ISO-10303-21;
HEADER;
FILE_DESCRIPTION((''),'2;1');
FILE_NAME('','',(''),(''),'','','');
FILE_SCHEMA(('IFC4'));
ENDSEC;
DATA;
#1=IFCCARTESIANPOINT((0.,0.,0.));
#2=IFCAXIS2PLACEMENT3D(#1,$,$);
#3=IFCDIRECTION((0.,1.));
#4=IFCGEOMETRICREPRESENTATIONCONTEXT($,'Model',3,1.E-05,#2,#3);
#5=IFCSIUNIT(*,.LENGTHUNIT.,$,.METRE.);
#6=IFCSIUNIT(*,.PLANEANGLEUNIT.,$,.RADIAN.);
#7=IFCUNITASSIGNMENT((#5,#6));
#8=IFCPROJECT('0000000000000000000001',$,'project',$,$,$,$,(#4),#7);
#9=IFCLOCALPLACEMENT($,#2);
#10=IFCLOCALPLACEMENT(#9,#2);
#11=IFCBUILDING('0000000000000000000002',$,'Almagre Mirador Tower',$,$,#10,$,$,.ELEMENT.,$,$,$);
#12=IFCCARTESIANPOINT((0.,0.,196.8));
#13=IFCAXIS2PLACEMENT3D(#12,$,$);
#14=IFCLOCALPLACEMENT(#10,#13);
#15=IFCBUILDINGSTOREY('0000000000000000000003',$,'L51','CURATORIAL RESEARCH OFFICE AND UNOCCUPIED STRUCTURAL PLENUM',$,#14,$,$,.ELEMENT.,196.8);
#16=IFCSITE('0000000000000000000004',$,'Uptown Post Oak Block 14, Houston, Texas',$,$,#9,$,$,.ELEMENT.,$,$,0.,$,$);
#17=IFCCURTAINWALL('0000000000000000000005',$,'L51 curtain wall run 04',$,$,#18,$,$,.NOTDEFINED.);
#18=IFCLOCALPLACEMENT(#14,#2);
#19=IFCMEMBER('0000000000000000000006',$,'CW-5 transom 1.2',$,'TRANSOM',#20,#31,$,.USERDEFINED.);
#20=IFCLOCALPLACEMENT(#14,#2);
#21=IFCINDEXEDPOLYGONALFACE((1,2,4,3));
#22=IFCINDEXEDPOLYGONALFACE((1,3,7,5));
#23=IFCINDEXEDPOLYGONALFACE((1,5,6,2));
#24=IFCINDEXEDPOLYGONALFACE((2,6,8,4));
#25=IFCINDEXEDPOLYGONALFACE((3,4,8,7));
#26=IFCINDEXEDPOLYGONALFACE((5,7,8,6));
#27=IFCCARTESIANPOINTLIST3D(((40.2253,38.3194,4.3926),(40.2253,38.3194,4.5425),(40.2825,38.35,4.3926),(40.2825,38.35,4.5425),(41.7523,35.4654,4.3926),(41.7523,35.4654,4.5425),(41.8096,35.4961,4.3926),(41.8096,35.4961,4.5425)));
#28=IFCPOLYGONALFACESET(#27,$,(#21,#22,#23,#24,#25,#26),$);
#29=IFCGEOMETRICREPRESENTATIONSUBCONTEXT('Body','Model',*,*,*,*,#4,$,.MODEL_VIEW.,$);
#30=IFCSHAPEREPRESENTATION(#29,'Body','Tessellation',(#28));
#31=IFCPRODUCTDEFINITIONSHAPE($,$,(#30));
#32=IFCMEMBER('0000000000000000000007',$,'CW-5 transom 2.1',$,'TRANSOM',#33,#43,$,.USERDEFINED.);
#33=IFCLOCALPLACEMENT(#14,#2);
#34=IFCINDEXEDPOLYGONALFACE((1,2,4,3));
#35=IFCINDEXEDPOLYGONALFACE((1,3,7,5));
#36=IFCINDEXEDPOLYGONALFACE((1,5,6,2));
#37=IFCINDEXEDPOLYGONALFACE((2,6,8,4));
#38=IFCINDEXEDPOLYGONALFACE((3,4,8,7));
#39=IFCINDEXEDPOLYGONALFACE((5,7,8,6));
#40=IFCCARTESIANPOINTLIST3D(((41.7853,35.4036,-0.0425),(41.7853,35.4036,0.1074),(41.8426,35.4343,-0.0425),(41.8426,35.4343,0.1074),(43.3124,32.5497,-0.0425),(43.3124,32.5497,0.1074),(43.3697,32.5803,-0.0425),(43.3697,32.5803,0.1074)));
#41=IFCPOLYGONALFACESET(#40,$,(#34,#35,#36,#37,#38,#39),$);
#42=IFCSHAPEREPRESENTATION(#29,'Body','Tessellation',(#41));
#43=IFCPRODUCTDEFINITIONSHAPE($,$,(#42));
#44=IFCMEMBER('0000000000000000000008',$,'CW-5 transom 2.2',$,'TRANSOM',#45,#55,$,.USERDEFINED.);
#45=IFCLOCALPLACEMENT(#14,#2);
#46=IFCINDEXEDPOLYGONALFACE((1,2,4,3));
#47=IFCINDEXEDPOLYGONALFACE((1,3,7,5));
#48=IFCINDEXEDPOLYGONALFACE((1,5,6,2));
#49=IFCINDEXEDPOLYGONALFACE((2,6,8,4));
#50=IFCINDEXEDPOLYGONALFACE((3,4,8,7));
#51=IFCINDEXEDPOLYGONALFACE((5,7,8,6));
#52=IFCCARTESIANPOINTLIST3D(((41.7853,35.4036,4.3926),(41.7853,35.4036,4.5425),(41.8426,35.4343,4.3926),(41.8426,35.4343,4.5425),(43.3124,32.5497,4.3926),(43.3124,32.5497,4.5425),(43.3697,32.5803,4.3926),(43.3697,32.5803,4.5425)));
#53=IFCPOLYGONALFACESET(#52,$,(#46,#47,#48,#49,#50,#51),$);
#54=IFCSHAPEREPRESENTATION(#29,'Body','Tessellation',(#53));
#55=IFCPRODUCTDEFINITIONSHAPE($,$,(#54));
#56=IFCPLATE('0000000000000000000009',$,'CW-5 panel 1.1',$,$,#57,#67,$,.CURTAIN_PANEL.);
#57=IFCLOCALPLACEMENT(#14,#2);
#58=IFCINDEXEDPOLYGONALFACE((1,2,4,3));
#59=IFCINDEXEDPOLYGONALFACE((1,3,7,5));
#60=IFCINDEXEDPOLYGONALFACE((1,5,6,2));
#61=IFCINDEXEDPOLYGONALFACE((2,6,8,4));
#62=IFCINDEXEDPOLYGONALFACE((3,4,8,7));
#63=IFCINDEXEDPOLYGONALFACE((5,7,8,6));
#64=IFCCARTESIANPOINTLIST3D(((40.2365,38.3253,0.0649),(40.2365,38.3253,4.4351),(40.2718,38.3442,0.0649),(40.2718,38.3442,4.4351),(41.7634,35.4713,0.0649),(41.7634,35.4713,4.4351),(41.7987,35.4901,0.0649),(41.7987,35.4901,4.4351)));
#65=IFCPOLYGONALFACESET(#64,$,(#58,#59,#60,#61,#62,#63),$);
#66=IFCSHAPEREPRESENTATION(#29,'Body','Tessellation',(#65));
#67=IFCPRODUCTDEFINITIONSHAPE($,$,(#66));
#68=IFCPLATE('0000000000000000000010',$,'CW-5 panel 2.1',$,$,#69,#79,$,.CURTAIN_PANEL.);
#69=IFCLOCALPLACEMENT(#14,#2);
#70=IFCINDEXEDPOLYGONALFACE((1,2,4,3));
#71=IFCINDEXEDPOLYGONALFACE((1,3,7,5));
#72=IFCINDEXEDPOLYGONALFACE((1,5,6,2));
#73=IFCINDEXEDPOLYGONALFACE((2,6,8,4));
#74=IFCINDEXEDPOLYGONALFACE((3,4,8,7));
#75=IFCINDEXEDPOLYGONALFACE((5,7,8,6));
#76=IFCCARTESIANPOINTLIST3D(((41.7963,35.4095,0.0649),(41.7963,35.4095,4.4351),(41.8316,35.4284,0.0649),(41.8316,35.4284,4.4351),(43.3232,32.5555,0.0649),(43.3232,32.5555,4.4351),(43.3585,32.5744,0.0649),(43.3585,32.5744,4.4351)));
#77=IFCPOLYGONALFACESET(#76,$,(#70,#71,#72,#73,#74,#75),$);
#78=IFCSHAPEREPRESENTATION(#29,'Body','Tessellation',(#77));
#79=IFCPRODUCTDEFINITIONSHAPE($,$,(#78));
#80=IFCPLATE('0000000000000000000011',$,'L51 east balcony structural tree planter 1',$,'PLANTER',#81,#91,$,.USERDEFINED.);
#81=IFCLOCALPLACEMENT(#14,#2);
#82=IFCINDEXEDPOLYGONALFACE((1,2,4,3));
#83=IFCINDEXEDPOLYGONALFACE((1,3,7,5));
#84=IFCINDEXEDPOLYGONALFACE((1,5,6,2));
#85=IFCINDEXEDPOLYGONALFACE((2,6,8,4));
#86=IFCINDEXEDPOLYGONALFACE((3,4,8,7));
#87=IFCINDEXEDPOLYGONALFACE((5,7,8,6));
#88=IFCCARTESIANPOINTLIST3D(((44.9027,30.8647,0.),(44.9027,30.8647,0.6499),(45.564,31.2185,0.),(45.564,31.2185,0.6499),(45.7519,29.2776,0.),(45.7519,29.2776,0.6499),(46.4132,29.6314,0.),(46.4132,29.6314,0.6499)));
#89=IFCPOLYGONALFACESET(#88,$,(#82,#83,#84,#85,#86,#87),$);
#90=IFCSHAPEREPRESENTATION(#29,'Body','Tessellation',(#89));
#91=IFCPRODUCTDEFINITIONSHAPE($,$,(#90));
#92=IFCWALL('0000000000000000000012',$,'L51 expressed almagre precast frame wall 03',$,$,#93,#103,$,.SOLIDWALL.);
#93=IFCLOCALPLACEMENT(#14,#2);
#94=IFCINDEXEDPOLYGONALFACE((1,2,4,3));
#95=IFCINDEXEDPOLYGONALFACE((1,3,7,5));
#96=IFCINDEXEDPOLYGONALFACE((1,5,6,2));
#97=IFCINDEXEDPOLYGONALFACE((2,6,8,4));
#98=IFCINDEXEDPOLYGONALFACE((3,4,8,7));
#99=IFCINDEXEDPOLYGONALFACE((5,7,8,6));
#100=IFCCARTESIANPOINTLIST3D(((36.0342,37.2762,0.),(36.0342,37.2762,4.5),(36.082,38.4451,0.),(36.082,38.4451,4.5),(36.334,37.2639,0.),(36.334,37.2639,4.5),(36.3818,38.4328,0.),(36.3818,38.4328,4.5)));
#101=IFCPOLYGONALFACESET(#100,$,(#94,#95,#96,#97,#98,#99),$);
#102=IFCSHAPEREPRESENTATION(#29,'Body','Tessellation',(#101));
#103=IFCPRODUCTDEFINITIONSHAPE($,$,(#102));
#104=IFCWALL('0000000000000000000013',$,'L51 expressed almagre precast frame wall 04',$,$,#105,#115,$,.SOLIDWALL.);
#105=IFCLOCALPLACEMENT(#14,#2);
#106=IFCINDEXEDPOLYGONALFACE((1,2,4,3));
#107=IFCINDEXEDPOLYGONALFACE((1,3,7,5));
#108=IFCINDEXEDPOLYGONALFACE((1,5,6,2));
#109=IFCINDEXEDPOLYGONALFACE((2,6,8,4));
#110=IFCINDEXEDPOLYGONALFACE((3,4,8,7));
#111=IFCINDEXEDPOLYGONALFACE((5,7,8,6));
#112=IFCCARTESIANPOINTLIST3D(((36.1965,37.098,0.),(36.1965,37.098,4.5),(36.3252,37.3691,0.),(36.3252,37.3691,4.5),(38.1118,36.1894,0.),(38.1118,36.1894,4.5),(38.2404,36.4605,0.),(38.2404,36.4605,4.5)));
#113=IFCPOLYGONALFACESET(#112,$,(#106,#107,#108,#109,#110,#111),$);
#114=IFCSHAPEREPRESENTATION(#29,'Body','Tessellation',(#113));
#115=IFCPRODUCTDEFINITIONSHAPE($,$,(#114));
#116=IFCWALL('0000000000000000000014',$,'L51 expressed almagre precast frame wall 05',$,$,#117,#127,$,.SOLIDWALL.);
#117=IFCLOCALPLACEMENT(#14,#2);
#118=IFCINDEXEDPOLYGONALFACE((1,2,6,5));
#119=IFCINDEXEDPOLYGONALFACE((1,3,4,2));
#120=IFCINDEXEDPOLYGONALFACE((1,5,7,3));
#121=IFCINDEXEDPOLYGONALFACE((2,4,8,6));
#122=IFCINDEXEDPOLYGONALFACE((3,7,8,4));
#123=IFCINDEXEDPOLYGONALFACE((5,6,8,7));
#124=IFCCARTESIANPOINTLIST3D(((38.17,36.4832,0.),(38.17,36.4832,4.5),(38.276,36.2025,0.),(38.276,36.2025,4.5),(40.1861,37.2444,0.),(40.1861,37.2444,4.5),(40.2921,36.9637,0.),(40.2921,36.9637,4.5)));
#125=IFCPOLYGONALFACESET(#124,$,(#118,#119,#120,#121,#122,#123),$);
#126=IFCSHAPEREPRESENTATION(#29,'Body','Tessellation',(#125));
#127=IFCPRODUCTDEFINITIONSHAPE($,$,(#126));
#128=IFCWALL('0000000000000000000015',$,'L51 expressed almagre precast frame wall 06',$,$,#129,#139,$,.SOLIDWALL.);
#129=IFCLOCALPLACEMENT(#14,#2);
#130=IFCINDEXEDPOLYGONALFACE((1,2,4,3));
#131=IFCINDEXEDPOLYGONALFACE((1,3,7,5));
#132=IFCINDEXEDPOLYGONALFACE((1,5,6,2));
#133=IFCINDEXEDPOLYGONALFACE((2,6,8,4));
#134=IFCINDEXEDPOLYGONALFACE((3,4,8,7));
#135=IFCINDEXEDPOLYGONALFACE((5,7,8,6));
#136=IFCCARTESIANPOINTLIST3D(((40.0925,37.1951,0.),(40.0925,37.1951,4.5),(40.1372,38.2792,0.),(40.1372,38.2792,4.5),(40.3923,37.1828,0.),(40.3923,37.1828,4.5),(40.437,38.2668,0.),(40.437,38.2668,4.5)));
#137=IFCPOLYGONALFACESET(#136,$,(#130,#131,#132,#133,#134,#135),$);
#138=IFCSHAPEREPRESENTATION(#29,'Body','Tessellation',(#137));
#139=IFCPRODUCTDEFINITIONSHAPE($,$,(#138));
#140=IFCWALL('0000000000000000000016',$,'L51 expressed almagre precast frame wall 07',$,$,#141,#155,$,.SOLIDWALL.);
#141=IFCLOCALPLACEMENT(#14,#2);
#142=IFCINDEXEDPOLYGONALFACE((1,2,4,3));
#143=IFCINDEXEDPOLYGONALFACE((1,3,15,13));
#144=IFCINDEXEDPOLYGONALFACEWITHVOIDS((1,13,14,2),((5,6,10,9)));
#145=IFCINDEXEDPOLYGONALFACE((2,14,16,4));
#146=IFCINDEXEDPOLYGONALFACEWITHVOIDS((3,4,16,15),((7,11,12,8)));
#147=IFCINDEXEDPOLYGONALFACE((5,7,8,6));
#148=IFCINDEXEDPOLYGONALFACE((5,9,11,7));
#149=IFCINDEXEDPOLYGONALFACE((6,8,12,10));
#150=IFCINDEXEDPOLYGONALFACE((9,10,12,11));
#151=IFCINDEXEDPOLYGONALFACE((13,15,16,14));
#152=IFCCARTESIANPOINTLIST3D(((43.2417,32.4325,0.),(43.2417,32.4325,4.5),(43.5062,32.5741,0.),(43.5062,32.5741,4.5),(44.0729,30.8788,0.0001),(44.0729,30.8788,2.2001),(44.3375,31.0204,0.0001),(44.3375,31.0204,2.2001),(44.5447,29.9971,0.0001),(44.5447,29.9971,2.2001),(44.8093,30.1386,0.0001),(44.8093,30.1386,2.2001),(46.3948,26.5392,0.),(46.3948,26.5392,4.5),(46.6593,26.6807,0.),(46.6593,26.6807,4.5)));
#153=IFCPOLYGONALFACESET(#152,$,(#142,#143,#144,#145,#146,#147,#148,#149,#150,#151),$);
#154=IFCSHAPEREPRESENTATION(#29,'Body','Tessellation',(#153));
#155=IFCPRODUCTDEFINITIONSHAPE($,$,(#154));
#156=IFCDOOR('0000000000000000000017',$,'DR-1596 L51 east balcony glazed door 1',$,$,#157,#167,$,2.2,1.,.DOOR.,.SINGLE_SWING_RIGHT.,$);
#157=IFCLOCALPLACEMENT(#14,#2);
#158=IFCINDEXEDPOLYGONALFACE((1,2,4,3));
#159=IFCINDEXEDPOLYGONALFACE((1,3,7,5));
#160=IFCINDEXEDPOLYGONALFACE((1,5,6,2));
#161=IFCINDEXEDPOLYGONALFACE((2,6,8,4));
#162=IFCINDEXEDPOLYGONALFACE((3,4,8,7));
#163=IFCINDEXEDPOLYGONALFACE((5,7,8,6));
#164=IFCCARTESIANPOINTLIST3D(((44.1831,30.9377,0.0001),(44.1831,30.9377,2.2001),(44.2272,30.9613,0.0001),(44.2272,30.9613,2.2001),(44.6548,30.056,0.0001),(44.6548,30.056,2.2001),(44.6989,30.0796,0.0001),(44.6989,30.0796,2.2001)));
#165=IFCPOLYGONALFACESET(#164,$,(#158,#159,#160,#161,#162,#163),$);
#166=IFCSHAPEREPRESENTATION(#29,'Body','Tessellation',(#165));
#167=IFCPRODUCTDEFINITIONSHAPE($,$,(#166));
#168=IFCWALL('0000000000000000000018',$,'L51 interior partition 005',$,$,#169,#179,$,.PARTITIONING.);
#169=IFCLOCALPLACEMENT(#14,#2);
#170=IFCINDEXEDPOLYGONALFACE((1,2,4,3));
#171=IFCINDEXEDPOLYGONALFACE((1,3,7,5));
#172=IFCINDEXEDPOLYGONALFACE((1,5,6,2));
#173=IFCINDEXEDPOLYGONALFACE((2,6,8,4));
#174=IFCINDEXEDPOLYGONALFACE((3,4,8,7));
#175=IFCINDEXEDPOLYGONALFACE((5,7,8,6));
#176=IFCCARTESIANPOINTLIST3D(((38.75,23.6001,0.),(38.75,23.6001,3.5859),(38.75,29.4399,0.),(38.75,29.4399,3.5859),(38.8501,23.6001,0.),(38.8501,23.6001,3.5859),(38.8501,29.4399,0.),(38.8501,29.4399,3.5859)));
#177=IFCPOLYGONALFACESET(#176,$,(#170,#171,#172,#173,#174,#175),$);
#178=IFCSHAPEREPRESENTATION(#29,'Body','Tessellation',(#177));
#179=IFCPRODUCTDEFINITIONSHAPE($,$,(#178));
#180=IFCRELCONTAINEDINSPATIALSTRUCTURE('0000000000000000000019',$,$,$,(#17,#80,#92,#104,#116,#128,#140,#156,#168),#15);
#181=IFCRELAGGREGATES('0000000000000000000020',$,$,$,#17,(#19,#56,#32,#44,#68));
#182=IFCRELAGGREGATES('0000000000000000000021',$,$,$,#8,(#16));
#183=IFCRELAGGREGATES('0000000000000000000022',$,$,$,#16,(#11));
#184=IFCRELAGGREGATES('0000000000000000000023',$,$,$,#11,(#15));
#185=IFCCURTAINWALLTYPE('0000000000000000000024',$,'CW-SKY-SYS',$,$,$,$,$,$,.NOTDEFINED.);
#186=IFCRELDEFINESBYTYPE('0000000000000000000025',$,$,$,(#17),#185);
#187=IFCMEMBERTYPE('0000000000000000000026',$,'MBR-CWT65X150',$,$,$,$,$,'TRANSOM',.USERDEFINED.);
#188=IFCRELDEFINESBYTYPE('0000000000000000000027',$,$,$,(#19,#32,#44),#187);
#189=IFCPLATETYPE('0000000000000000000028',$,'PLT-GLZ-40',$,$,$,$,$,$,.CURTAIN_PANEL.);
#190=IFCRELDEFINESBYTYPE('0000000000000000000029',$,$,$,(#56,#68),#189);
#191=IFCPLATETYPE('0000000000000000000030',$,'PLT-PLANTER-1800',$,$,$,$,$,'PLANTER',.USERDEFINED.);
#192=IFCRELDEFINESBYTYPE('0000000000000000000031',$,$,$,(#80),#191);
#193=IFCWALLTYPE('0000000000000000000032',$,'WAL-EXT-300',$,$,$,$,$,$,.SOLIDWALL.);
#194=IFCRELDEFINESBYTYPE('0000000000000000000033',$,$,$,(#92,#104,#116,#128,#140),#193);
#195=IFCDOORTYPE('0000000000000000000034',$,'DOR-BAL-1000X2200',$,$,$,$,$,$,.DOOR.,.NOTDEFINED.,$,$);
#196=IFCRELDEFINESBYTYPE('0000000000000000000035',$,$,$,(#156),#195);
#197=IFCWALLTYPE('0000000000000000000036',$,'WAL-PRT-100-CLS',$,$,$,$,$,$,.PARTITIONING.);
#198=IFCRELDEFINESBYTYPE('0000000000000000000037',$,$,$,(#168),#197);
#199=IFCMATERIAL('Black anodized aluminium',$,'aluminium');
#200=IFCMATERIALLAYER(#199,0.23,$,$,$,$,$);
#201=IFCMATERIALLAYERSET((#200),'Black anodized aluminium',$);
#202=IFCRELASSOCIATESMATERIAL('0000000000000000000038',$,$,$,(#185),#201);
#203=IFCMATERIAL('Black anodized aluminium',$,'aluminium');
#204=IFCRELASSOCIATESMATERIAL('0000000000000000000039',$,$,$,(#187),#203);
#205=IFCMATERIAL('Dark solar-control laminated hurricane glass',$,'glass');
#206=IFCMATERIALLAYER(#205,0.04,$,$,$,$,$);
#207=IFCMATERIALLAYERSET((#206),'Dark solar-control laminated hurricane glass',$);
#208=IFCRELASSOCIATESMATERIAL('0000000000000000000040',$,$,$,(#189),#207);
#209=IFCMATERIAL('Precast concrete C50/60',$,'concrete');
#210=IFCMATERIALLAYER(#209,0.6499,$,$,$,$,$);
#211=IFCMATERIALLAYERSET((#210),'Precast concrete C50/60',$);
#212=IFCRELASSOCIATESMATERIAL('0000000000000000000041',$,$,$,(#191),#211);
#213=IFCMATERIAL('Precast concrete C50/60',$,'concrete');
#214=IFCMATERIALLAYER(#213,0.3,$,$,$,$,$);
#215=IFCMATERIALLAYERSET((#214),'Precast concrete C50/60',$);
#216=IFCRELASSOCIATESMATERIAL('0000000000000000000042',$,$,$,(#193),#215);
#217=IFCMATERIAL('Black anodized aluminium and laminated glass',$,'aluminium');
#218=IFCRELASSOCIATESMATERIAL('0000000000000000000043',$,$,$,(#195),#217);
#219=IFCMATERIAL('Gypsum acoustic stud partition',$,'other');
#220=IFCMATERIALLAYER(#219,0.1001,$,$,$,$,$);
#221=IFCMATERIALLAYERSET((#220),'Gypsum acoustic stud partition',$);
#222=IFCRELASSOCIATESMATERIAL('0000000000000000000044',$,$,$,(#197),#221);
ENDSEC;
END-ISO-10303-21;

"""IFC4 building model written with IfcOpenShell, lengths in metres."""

from ifc_helpers import new_model, si_unit, direction, frame, frame_2d, origin, origin_2d, place, context, subcontext, project, spatial, rectangle, extrude, material, layer, layer_set, material_profile, profile_set, type_object, element, fill, aggregate, save


model = new_model("IFC4")

# Units and contexts
model_context = context("Model", 3, precision=1e-05, world=origin(), true_north=direction((0.0, 1.0)))
body_context = subcontext(model_context, "Body", "Model", "MODEL_VIEW")
ifc_project = project(units=[si_unit("LENGTHUNIT", "METRE"), si_unit("PLANEANGLEUNIT", "RADIAN")], contexts=[model_context])

# Site, building, storey
site_placement = place(None, origin())
site = spatial("IfcSite", under=ifc_project, at=site_placement, Name="Uptown Post Oak Block 14, Houston, Texas", CompositionType="ELEMENT", RefElevation=0.0)
building_placement = place(site_placement, origin())
building = spatial("IfcBuilding", under=site, at=building_placement, Name="Almagre Mirador Tower", CompositionType="ELEMENT")
storey_placement = place(building_placement, frame((0.0, 0.0, 196.8)))
storey = spatial("IfcBuildingStorey", under=building, at=storey_placement, Name="L51", Description="CURATORIAL RESEARCH OFFICE AND UNOCCUPIED STRUCTURAL PLENUM", CompositionType="ELEMENT", Elevation=196.8)

# Shared definitions
ifc_material_1 = material(Name="Black anodized aluminium", Category="aluminium")
ifc_layer_1 = layer(ifc_material_1, 0.23)
ifc_layer_set_1 = layer_set([ifc_layer_1], Name="Black anodized aluminium")
curtain_wall_type = type_object("IfcCurtainWallType", Name="CW-SKY-SYS", PredefinedType="NOTDEFINED", material=ifc_layer_set_1)

# Curtain wall, members, plates
curtain_wall_1_placement = place(storey_placement, origin())
curtain_wall_1 = element("IfcCurtainWall", 1, at=curtain_wall_1_placement, inside=storey, type_object=curtain_wall_type, Name="L51 curtain wall run 04", PredefinedType="NOTDEFINED")
ifc_material_2 = material(Name="Black anodized aluminium", Category="aluminium")
ifc_material_profile_1 = material_profile(ifc_material_2, rectangle(XDim=0.0649, YDim=0.1499, at=origin_2d()), Name="CWT65X150")
ifc_profile_set_1 = profile_set([ifc_material_profile_1], Name="Black anodized aluminium")
member_type_1 = type_object("IfcMemberType", Name="MBR-CWT65X150", ElementType="TRANSOM", PredefinedType="USERDEFINED", material=ifc_profile_set_1)
member_1_placement = place(storey_placement, frame((40.2539, 38.3347, 4.4675), z_axis=(0.471782, -0.881715, 0.0), x_axis=(0.881715, 0.471782, 0.0)))
member_1 = element("IfcMember", 2, at=member_1_placement, type_object=member_type_1, Name="CW-5 transom 1.2", ObjectType="TRANSOM", PredefinedType="USERDEFINED", context=body_context, shape_type="SweptSolid", body=[
    extrude(rectangle(XDim=0.0649, YDim=0.1499, at=origin_2d()), origin(), (0.0, 0.0, 1.0), 3.2368),
])
member_2_placement = place(storey_placement, frame((41.814, 35.4189, 0.0325), z_axis=(0.471782, -0.881715, 0.0), x_axis=(0.881715, 0.471782, 0.0)))
member_2 = element("IfcMember", 3, at=member_2_placement, type_object=member_type_1, Name="CW-5 transom 2.1", ObjectType="TRANSOM", PredefinedType="USERDEFINED", context=body_context, shape_type="SweptSolid", body=[
    extrude(rectangle(XDim=0.0649, YDim=0.1499, at=origin_2d()), origin(), (0.0, 0.0, 1.0), 3.2368),
])
member_3_placement = place(storey_placement, frame((41.814, 35.4189, 4.4675), z_axis=(0.471782, -0.881715, 0.0), x_axis=(0.881715, 0.471782, 0.0)))
member_3 = element("IfcMember", 4, at=member_3_placement, type_object=member_type_1, Name="CW-5 transom 2.2", ObjectType="TRANSOM", PredefinedType="USERDEFINED", context=body_context, shape_type="SweptSolid", body=[
    extrude(rectangle(XDim=0.0649, YDim=0.1499, at=origin_2d()), origin(), (0.0, 0.0, 1.0), 3.2368),
])
ifc_material_3 = material(Name="Dark solar-control laminated hurricane glass", Category="glass")
ifc_layer_2 = layer(ifc_material_3, 0.04)
ifc_layer_set_2 = layer_set([ifc_layer_2], Name="Dark solar-control laminated hurricane glass")
plate_type_1 = type_object("IfcPlateType", Name="PLT-GLZ-40", PredefinedType="CURTAIN_PANEL", material=ifc_layer_set_2)
plate_1_placement = place(storey_placement, frame((41.0176, 36.9077, 0.0649), z_axis=(0.0, 0.0, 1.0), x_axis=(0.471742, -0.881737, 0.0)))
plate_1 = element("IfcPlate", 5, at=plate_1_placement, type_object=plate_type_1, Name="CW-5 panel 1.1", PredefinedType="CURTAIN_PANEL", context=body_context, shape_type="SweptSolid", body=[
    extrude(rectangle(XDim=3.2368, YDim=0.04, at=origin_2d()), origin(), (0.0, 0.0, 1.0), 4.3701),
])
plate_2_placement = place(storey_placement, frame((42.5774, 33.9919, 0.0649), z_axis=(0.0, 0.0, 1.0), x_axis=(0.471742, -0.881737, 0.0)))
plate_2 = element("IfcPlate", 6, at=plate_2_placement, type_object=plate_type_1, Name="CW-5 panel 2.1", PredefinedType="CURTAIN_PANEL", context=body_context, shape_type="SweptSolid", body=[
    extrude(rectangle(XDim=3.2368, YDim=0.04, at=origin_2d()), origin(), (0.0, 0.0, 1.0), 4.3701),
])
aggregate(curtain_wall_1, [member_1, plate_1, member_2, member_3, plate_2])

# Plate
ifc_material_4 = material(Name="Precast concrete C50/60", Category="concrete")
ifc_layer_3 = layer(ifc_material_4, 0.6499)
ifc_layer_set_3 = layer_set([ifc_layer_3], Name="Precast concrete C50/60")
plate_type_2 = type_object("IfcPlateType", Name="PLT-PLANTER-1800", ElementType="PLANTER", PredefinedType="USERDEFINED", material=ifc_layer_set_3)
plate_3_placement = place(storey_placement, frame((45.658, 30.248, 0.0), z_axis=(0.0, 0.0, 1.0), x_axis=(-0.471735, 0.88174, 0.0)))
element("IfcPlate", 7, at=plate_3_placement, inside=storey, type_object=plate_type_2, Name="L51 east balcony structural tree planter 1", ObjectType="PLANTER", PredefinedType="USERDEFINED", context=body_context, shape_type="SweptSolid", body=[
    extrude(rectangle(XDim=1.8, YDim=0.75, at=origin_2d()), origin(), (0.0, 0.0, 1.0), 0.6499),
])

# Walls
ifc_material_5 = material(Name="Precast concrete C50/60", Category="concrete")
ifc_layer_4 = layer(ifc_material_5, 0.3)
ifc_layer_set_4 = layer_set([ifc_layer_4], Name="Precast concrete C50/60")
wall_type_1 = type_object("IfcWallType", Name="WAL-EXT-300", PredefinedType="SOLIDWALL", material=ifc_layer_set_4)
wall_1_placement = place(storey_placement, frame((36.2319, 38.439, 0.0), z_axis=(0.0, 0.0, 1.0), x_axis=(-0.040901, -0.999163, 0.0)))
element("IfcWall", 8, at=wall_1_placement, inside=storey, type_object=wall_type_1, Name="L51 expressed almagre precast frame wall 03", PredefinedType="SOLIDWALL", context=body_context, shape_type="SweptSolid", body=[
    extrude(rectangle(XDim=1.1699, YDim=0.3, at=frame_2d((0.585, 0.0))), origin(), (0.0, 0.0, 1.0), 4.5),
])
wall_2_placement = place(storey_placement, frame((36.2607, 37.2336, 0.0), z_axis=(0.0, 0.0, 1.0), x_axis=(0.903473, -0.428646, 0.0)))
element("IfcWall", 9, at=wall_2_placement, inside=storey, type_object=wall_type_1, Name="L51 expressed almagre precast frame wall 04", PredefinedType="SOLIDWALL", context=body_context, shape_type="SweptSolid", body=[
    extrude(rectangle(XDim=2.1199, YDim=0.3, at=frame_2d((1.0601, 0.0))), origin(), (0.0, 0.0, 1.0), 4.5),
])
wall_3_placement = place(storey_placement, frame((38.2229, 36.3428, 0.0), z_axis=(0.0, 0.0, 1.0), x_axis=(0.935535, 0.353233, 0.0)))
element("IfcWall", 10, at=wall_3_placement, inside=storey, type_object=wall_type_1, Name="L51 expressed almagre precast frame wall 05", PredefinedType="SOLIDWALL", context=body_context, shape_type="SweptSolid", body=[
    extrude(rectangle(XDim=2.155, YDim=0.3, at=frame_2d((1.0776, 0.0))), origin(), (0.0, 0.0, 1.0), 4.5),
])
wall_4_placement = place(storey_placement, frame((40.2424, 37.189, 0.0), z_axis=(0.0, 0.0, 1.0), x_axis=(0.041181, 0.999152, 0.0)))
element("IfcWall", 11, at=wall_4_placement, inside=storey, type_object=wall_type_1, Name="L51 expressed almagre precast frame wall 06", PredefinedType="SOLIDWALL", context=body_context, shape_type="SweptSolid", body=[
    extrude(rectangle(XDim=1.085, YDim=0.3, at=frame_2d((0.5425, 0.0))), origin(), (0.0, 0.0, 1.0), 4.5),
])

# Wall, opening, door
wall_5_placement = place(storey_placement, frame((43.374, 32.5032, 0.0), z_axis=(0.0, 0.0, 1.0), x_axis=(0.47175, -0.881732, 0.0)))
wall_5 = element("IfcWall", 12, at=wall_5_placement, inside=storey, type_object=wall_type_1, Name="L51 expressed almagre precast frame wall 07", PredefinedType="SOLIDWALL", context=body_context, shape_type="SweptSolid", body=[
    extrude(rectangle(XDim=6.6838, YDim=0.3, at=frame_2d((3.3418, 0.0))), origin(), (0.0, 0.0, 1.0), 4.5),
])
opening_1_placement = place(wall_5_placement, frame((1.762, 0.0, 0.0)))
opening_1 = element("IfcOpeningElement", 13, at=opening_1_placement, cuts=wall_5, PredefinedType="OPENING", context=body_context, shape_type="SweptSolid", body=[
    extrude(rectangle(XDim=1.0, YDim=2.2, at=frame_2d((0.5, 1.1001))), frame((0.0, 0.1599, 0.0), z_axis=(0.0, -1.0, 0.0), x_axis=(1.0, 0.0, 0.0)), (0.0, 0.0, 1.0), 0.32),
])
ifc_material_6 = material(Name="Black anodized aluminium and laminated glass", Category="aluminium")
door_type_1 = type_object("IfcDoorType", Name="DOR-BAL-1000X2200", OperationType="NOTDEFINED", PredefinedType="DOOR", material=ifc_material_6)
door_1_placement = place(opening_1_placement, origin())
door_1 = element("IfcDoor", 14, at=door_1_placement, inside=storey, type_object=door_type_1, Name="DR-1596 L51 east balcony glazed door 1", OperationType="SINGLE_SWING_RIGHT", OverallHeight=2.2, OverallWidth=1.0, PredefinedType="DOOR", context=body_context, shape_type="SweptSolid", body=[
    extrude(rectangle(XDim=1.0, YDim=2.2, at=frame_2d((0.5, 1.1001))), frame((0.0, 0.0249, 0.0), z_axis=(0.0, -1.0, 0.0), x_axis=(1.0, 0.0, 0.0)), (0.0, 0.0, 1.0), 0.05),
])
fill(opening_1, door_1)

# Wall
ifc_material_7 = material(Name="Gypsum acoustic stud partition", Category="other")
ifc_layer_5 = layer(ifc_material_7, 0.1001)
ifc_layer_set_5 = layer_set([ifc_layer_5], Name="Gypsum acoustic stud partition")
wall_type_2 = type_object("IfcWallType", Name="WAL-PRT-100-CLS", PredefinedType="PARTITIONING", material=ifc_layer_set_5)
wall_6_placement = place(storey_placement, frame((38.8, 29.4399, 0.0), z_axis=(0.0, 0.0, 1.0), x_axis=(0.0, -1.0, 0.0)))
element("IfcWall", 15, at=wall_6_placement, inside=storey, type_object=wall_type_2, Name="L51 interior partition 005", PredefinedType="PARTITIONING", context=body_context, shape_type="SweptSolid", body=[
    extrude(rectangle(XDim=5.8398, YDim=0.1001, at=frame_2d((2.9199, 0.0))), origin(), (0.0, 0.0, 1.0), 3.5859),
])

save(model, "model.ifc")
